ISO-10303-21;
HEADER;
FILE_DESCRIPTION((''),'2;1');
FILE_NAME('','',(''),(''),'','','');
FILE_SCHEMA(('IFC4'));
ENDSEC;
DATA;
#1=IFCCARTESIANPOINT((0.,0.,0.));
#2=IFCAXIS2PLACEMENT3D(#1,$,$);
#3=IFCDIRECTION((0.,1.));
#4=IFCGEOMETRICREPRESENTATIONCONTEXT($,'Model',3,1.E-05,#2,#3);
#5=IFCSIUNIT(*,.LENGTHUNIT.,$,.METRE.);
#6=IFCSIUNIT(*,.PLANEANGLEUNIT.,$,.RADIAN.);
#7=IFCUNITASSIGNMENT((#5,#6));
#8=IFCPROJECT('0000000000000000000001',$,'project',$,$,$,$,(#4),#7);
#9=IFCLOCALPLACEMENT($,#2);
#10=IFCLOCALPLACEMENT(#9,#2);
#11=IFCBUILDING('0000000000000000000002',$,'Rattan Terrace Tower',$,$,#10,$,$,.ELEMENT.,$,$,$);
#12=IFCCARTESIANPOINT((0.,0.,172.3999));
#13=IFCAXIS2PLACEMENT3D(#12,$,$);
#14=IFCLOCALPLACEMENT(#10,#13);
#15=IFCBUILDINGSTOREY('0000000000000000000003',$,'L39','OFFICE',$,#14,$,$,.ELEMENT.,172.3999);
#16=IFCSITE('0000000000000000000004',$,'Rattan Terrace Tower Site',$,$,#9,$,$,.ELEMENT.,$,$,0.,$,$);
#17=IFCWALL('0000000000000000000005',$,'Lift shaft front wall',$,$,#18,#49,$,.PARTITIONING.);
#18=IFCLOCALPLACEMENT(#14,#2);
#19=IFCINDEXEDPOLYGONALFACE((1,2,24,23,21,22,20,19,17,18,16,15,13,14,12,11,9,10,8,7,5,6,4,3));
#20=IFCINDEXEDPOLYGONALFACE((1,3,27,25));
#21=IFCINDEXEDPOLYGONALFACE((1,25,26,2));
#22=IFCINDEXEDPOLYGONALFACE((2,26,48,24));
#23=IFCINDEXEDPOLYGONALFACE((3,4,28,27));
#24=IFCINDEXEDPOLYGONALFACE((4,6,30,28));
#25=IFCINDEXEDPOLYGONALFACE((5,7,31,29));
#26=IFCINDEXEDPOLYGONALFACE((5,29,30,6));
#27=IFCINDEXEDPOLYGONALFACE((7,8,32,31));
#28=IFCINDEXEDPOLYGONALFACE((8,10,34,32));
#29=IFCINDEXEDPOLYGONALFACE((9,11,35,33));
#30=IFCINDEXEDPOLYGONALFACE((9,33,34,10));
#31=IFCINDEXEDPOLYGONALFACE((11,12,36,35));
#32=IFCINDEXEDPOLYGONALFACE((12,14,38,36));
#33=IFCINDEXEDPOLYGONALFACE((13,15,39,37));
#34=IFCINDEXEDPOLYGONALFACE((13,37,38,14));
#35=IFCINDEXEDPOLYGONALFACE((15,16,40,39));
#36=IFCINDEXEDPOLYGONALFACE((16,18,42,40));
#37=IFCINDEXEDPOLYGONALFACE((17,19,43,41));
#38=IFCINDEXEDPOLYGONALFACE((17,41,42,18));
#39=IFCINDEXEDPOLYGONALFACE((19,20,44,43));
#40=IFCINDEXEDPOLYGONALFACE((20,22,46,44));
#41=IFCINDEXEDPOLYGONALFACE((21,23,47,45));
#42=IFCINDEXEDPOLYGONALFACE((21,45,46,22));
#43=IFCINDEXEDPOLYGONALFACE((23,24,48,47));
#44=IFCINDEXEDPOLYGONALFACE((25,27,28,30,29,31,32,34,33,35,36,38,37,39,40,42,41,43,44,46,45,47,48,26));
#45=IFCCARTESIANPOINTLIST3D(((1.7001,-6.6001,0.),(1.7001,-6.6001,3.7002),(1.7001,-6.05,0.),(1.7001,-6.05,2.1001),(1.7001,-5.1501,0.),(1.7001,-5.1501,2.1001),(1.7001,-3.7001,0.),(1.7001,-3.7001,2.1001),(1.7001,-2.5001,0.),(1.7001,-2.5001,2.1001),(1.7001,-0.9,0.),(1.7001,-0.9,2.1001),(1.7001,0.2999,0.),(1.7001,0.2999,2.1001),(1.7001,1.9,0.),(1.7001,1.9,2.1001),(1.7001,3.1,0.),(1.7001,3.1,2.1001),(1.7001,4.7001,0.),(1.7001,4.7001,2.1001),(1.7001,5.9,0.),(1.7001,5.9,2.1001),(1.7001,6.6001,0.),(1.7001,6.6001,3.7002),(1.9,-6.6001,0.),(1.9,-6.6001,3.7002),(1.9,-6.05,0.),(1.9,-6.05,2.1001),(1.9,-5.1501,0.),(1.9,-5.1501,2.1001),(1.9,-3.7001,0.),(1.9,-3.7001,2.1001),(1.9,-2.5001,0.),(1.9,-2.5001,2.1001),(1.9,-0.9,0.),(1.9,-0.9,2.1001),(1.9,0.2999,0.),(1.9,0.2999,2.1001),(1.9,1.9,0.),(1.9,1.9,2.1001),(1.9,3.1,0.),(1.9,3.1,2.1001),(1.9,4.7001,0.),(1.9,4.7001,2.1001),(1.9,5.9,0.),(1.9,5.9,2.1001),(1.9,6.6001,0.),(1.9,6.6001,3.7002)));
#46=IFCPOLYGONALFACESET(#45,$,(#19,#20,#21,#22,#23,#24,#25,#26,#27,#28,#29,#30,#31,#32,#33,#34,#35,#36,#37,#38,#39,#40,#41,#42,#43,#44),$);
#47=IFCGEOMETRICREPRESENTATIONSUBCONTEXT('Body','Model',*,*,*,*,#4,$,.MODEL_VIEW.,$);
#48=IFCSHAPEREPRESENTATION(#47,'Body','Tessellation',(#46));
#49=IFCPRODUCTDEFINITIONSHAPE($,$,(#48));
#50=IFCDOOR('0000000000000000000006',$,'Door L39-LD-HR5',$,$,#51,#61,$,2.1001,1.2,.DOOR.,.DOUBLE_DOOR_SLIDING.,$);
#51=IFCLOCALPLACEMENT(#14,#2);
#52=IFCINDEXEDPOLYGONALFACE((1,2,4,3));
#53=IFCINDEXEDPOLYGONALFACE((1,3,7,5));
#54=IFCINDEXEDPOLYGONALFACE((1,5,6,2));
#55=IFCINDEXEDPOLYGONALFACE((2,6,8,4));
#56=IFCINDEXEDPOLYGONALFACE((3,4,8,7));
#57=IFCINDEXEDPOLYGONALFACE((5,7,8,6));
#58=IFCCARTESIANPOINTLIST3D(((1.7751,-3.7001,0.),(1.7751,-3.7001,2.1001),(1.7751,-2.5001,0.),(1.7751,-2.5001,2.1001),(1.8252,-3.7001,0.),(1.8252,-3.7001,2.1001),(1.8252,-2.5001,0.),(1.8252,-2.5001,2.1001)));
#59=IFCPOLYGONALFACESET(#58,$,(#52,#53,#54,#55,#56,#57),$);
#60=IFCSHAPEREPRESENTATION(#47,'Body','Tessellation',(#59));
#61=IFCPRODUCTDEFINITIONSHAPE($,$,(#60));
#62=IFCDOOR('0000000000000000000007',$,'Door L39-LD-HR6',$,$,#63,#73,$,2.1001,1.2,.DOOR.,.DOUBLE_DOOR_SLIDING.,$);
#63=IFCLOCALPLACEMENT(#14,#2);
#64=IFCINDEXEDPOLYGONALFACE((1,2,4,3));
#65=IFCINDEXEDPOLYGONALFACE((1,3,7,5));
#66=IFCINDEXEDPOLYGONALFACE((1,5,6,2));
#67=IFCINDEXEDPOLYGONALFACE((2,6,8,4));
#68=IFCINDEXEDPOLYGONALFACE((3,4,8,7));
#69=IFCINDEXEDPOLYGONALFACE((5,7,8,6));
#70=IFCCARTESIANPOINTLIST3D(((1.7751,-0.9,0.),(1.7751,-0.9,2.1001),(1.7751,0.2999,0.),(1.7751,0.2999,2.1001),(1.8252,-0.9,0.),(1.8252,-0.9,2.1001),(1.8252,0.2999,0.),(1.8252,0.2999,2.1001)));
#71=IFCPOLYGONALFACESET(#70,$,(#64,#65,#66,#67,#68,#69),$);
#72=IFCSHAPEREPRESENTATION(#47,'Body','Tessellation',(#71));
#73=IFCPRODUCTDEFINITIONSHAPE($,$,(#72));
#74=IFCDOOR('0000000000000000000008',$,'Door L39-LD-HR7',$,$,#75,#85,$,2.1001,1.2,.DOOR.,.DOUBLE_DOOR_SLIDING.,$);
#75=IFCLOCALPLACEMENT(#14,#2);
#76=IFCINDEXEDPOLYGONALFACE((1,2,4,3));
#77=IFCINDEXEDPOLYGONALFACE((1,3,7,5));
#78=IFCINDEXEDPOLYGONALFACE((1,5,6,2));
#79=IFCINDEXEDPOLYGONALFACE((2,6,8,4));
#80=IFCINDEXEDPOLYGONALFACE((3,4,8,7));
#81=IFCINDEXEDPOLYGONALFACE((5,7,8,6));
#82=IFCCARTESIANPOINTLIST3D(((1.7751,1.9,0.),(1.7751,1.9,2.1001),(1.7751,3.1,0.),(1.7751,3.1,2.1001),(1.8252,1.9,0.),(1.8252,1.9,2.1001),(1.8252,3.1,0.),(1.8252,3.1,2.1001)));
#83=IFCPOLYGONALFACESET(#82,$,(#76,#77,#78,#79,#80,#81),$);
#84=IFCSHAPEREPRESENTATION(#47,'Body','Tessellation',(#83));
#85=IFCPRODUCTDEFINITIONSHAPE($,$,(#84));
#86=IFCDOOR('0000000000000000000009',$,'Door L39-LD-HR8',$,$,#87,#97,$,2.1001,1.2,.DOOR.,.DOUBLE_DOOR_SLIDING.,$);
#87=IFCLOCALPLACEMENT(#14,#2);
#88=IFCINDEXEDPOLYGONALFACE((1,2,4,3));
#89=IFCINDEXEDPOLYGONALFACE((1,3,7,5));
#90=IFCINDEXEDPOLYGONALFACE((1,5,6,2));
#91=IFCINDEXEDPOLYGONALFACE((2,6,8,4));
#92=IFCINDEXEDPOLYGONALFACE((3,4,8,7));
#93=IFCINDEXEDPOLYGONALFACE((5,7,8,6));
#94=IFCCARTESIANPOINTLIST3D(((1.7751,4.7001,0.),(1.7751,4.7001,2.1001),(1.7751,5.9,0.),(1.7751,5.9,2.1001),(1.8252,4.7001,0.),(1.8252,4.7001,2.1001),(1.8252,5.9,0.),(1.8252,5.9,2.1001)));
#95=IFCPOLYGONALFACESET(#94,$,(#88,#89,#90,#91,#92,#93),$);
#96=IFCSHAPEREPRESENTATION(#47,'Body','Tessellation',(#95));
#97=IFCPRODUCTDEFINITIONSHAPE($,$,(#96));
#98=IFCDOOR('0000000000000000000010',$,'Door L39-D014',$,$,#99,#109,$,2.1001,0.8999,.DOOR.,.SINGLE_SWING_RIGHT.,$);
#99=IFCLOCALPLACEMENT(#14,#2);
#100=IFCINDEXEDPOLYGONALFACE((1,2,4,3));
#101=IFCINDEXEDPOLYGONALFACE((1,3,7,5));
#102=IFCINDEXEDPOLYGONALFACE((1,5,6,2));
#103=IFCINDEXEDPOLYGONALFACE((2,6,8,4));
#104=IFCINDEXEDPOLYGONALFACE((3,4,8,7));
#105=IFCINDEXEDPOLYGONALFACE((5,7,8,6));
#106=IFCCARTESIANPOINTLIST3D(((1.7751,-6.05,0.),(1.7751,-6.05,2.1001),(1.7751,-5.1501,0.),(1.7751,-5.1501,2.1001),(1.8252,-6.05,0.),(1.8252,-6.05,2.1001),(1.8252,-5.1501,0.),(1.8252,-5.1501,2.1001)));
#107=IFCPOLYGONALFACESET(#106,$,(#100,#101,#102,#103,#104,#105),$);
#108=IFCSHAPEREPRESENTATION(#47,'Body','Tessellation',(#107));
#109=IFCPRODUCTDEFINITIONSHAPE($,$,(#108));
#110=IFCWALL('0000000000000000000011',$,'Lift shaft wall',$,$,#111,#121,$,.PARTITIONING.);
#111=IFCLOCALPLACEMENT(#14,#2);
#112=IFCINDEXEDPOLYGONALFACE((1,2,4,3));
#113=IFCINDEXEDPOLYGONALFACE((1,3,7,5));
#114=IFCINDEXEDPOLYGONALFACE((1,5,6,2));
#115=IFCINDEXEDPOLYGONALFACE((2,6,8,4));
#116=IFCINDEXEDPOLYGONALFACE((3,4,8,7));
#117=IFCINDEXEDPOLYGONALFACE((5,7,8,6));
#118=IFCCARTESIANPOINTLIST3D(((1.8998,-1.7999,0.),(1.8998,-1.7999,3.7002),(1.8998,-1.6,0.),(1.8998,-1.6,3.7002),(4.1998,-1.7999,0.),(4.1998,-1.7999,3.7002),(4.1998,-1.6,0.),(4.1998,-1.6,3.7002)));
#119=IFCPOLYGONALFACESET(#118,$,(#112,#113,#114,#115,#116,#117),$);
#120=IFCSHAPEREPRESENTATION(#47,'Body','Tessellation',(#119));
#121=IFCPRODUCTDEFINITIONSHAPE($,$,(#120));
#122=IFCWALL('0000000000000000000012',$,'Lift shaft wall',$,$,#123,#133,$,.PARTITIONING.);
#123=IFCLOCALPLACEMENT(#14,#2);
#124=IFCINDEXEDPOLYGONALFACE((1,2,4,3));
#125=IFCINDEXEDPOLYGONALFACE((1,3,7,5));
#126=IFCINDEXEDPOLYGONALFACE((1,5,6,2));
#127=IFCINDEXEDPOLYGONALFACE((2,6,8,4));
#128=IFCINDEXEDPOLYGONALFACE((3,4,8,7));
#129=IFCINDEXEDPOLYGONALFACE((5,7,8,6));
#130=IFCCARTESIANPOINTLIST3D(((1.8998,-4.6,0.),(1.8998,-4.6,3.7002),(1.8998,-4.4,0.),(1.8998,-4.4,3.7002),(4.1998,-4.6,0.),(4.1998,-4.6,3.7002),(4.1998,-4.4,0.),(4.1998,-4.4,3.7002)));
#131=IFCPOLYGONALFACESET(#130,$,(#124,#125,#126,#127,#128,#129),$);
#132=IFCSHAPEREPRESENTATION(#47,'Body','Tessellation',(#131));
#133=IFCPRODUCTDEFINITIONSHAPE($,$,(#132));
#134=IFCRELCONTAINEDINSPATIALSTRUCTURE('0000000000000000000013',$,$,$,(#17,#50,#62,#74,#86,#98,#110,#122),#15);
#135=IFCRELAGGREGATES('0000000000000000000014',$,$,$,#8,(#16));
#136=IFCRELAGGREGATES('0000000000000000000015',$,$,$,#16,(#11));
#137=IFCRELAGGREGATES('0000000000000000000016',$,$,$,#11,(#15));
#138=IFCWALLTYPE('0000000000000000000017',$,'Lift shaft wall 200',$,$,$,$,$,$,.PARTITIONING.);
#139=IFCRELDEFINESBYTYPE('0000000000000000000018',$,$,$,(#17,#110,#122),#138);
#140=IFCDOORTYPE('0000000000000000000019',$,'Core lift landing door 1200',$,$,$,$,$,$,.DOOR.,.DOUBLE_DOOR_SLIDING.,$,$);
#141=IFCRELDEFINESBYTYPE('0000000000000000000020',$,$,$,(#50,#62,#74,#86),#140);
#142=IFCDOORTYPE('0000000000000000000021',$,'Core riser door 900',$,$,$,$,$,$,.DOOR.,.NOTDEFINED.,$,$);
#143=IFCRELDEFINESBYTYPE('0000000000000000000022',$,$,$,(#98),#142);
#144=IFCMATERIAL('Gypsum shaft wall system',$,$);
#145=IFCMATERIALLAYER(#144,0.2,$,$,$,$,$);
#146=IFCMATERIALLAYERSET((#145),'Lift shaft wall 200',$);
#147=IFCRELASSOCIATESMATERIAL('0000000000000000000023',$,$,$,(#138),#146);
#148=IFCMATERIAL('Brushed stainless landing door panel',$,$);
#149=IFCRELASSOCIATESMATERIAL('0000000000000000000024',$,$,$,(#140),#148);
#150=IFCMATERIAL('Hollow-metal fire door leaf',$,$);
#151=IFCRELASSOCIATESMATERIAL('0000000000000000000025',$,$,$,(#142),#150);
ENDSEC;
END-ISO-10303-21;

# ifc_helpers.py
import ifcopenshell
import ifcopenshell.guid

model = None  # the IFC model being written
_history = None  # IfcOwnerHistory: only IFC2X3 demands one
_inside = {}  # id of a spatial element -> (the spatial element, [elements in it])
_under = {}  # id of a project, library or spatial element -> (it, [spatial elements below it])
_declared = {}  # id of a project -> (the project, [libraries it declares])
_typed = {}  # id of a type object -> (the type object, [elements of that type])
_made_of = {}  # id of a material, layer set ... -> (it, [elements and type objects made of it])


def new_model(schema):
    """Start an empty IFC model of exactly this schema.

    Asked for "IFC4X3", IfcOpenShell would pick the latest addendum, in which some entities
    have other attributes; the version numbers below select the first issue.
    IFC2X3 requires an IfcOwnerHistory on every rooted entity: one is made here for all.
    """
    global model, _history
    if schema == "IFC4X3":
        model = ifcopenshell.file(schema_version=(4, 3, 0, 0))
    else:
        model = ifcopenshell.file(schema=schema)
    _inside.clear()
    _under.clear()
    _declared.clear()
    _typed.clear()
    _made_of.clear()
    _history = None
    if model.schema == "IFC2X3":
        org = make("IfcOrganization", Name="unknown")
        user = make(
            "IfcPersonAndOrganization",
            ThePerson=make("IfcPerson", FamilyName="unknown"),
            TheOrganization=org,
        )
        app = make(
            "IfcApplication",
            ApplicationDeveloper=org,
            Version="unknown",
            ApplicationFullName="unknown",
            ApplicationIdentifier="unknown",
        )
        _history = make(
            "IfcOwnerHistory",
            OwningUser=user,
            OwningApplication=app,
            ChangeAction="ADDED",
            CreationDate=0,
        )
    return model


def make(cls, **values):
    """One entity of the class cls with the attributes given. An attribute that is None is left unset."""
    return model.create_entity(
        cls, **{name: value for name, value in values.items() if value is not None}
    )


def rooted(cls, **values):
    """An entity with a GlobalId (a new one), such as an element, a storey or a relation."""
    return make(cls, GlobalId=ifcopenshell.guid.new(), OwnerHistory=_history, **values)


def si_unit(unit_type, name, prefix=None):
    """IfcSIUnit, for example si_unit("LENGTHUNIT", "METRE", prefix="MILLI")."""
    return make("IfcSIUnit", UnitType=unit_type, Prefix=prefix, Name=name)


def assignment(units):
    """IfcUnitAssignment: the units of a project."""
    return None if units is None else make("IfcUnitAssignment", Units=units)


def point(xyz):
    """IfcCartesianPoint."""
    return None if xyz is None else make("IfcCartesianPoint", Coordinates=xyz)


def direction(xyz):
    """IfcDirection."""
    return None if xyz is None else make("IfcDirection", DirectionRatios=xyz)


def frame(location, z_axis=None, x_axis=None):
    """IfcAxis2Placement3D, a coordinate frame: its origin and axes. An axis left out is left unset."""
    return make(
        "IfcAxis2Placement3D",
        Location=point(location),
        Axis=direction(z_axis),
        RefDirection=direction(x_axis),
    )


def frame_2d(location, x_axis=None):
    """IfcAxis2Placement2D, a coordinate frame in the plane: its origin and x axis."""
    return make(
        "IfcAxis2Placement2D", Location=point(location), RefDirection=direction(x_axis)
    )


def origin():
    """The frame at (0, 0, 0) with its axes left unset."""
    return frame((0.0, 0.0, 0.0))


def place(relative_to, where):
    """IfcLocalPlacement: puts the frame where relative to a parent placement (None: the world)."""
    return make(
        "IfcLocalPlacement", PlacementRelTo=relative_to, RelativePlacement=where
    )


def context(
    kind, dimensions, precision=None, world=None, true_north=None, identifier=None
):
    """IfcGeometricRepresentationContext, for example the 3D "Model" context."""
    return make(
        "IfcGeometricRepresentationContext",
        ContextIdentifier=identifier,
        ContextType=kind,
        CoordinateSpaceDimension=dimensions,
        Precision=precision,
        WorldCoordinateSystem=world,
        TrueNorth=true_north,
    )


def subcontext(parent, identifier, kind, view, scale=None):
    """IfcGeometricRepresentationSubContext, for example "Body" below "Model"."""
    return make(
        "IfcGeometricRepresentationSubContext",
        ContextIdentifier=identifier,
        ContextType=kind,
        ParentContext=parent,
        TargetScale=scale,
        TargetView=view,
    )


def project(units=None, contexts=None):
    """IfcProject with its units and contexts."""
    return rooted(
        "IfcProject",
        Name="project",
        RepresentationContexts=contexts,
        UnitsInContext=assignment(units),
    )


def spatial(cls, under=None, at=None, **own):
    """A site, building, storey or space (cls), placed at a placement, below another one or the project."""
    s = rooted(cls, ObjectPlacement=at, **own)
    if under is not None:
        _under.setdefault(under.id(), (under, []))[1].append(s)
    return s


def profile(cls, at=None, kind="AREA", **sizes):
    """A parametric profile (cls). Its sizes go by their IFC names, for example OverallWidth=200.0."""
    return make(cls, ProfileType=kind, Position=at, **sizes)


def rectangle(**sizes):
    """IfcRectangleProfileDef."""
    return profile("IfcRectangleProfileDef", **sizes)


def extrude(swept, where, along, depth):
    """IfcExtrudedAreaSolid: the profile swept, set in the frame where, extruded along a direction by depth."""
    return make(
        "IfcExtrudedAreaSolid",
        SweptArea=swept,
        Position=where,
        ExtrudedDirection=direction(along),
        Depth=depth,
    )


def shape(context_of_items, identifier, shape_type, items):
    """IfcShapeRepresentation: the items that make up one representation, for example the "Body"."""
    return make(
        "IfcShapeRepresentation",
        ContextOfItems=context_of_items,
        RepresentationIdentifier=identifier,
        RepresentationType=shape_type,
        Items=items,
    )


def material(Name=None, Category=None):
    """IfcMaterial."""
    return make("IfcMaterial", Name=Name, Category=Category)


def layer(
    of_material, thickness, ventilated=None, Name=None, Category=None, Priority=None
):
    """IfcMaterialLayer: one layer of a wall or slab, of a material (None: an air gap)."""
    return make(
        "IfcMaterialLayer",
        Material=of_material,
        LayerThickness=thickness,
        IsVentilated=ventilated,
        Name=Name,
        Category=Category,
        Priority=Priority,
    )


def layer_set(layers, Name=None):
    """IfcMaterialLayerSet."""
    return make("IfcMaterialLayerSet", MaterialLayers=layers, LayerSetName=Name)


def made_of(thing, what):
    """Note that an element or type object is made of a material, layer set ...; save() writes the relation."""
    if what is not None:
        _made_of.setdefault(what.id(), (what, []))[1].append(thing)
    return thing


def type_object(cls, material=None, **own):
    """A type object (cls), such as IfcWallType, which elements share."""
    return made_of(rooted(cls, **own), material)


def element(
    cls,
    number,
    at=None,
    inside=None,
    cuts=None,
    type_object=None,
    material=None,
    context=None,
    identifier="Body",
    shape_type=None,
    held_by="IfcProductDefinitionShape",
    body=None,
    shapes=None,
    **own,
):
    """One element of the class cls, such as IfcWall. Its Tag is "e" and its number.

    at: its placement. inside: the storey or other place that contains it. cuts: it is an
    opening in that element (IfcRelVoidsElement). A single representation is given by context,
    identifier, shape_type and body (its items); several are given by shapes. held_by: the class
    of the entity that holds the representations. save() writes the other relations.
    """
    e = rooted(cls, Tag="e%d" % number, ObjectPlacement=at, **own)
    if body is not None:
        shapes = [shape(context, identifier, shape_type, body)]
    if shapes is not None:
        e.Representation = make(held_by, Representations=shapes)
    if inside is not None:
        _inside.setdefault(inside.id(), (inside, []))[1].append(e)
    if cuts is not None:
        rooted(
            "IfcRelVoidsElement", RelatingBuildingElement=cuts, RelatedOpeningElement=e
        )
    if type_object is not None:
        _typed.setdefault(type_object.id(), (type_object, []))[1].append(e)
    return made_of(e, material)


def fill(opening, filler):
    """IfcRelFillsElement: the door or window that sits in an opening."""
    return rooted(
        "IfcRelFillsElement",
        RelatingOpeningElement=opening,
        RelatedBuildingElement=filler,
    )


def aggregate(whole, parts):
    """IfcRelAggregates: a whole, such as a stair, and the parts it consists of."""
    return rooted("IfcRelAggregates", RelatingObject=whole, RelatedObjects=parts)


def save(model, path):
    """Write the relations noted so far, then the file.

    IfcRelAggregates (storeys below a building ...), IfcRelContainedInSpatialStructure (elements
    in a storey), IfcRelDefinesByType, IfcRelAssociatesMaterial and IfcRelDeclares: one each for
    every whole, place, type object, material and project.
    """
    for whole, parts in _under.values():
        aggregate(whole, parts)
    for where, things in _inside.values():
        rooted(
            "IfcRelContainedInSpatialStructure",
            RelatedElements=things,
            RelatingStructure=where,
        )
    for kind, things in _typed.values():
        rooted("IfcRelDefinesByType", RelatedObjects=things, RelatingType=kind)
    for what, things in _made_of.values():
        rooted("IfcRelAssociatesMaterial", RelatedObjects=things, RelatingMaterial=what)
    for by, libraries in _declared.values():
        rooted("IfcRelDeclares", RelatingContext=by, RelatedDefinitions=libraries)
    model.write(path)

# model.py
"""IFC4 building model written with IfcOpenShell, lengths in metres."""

from ifc_helpers import new_model, si_unit, direction, frame, frame_2d, origin, place, context, subcontext, project, spatial, rectangle, extrude, material, layer, layer_set, type_object, element, fill, save


model = new_model("IFC4")

# Units and contexts
model_context = context("Model", 3, precision=1e-05, world=origin(), true_north=direction((0.0, 1.0)))
body_context = subcontext(model_context, "Body", "Model", "MODEL_VIEW")
ifc_project = project(units=[si_unit("LENGTHUNIT", "METRE"), si_unit("PLANEANGLEUNIT", "RADIAN")], contexts=[model_context])

# Site, building, storey
site_placement = place(None, origin())
site = spatial("IfcSite", under=ifc_project, at=site_placement, Name="Rattan Terrace Tower Site", CompositionType="ELEMENT", RefElevation=0.0)
building_placement = place(site_placement, origin())
building = spatial("IfcBuilding", under=site, at=building_placement, Name="Rattan Terrace Tower", CompositionType="ELEMENT")
storey_placement = place(building_placement, frame((0.0, 0.0, 172.3999)))
storey = spatial("IfcBuildingStorey", under=building, at=storey_placement, Name="L39", Description="OFFICE", CompositionType="ELEMENT", Elevation=172.3999)

# Wall, openings, doors
ifc_material_1 = material(Name="Gypsum shaft wall system")
ifc_layer_1 = layer(ifc_material_1, 0.2)
ifc_layer_set_1 = layer_set([ifc_layer_1], Name="Lift shaft wall 200")
wall_type_1 = type_object("IfcWallType", Name="Lift shaft wall 200", PredefinedType="PARTITIONING", material=ifc_layer_set_1)
wall_1_placement = place(storey_placement, frame((1.8, -6.6001, 0.0), z_axis=(0.0, 0.0, 1.0), x_axis=(0.0, 1.0, 0.0)))
wall_1 = element("IfcWall", 1, at=wall_1_placement, inside=storey, type_object=wall_type_1, Name="Lift shaft front wall", PredefinedType="PARTITIONING", context=body_context, shape_type="SweptSolid", body=[
    extrude(rectangle(XDim=13.2002, YDim=0.2, at=frame_2d((6.6001, 0.0))), origin(), (0.0, 0.0, 1.0), 3.7002),
])
opening_1_placement = place(wall_1_placement, frame((0.55, 0.0, 0.0)))
opening_1 = element("IfcOpeningElement", 2, at=opening_1_placement, cuts=wall_1, PredefinedType="OPENING", context=body_context, shape_type="SweptSolid", body=[
    extrude(rectangle(XDim=0.8999, YDim=2.1001, at=frame_2d((0.45, 1.05))), frame((0.0, 0.1106, 0.0), z_axis=(0.0, -1.0, 0.0), x_axis=(1.0, 0.0, 0.0)), (0.0, 0.0, 1.0), 0.2209),
])
opening_2_placement = place(wall_1_placement, frame((2.8999, 0.0, 0.0)))
opening_2 = element("IfcOpeningElement", 3, at=opening_2_placement, cuts=wall_1, PredefinedType="OPENING", context=body_context, shape_type="SweptSolid", body=[
    extrude(rectangle(XDim=1.2, YDim=2.1001, at=frame_2d((0.6001, 1.05))), frame((0.0, 0.1106, 0.0), z_axis=(0.0, -1.0, 0.0), x_axis=(1.0, 0.0, 0.0)), (0.0, 0.0, 1.0), 0.2209),
])
opening_3_placement = place(wall_1_placement, frame((5.7, 0.0, 0.0)))
opening_3 = element("IfcOpeningElement", 4, at=opening_3_placement, cuts=wall_1, PredefinedType="OPENING", context=body_context, shape_type="SweptSolid", body=[
    extrude(rectangle(XDim=1.2, YDim=2.1001, at=frame_2d((0.6001, 1.05))), frame((0.0, 0.1106, 0.0), z_axis=(0.0, -1.0, 0.0), x_axis=(1.0, 0.0, 0.0)), (0.0, 0.0, 1.0), 0.2209),
])
opening_4_placement = place(wall_1_placement, frame((8.5, 0.0, 0.0)))
opening_4 = element("IfcOpeningElement", 5, at=opening_4_placement, cuts=wall_1, PredefinedType="OPENING", context=body_context, shape_type="SweptSolid", body=[
    extrude(rectangle(XDim=1.2, YDim=2.1001, at=frame_2d((0.6001, 1.05))), frame((0.0, 0.1106, 0.0), z_axis=(0.0, -1.0, 0.0), x_axis=(1.0, 0.0, 0.0)), (0.0, 0.0, 1.0), 0.2209),
])
opening_5_placement = place(wall_1_placement, frame((11.3, 0.0, 0.0)))
opening_5 = element("IfcOpeningElement", 6, at=opening_5_placement, cuts=wall_1, PredefinedType="OPENING", context=body_context, shape_type="SweptSolid", body=[
    extrude(rectangle(XDim=1.2, YDim=2.1001, at=frame_2d((0.6001, 1.05))), frame((0.0, 0.1106, 0.0), z_axis=(0.0, -1.0, 0.0), x_axis=(1.0, 0.0, 0.0)), (0.0, 0.0, 1.0), 0.2209),
])
ifc_material_2 = material(Name="Brushed stainless landing door panel")
door_type_1 = type_object("IfcDoorType", Name="Core lift landing door 1200", OperationType="DOUBLE_DOOR_SLIDING", PredefinedType="DOOR", material=ifc_material_2)
door_1_placement = place(opening_2_placement, origin())
door_1 = element("IfcDoor", 7, at=door_1_placement, inside=storey, type_object=door_type_1, Name="Door L39-LD-HR5", OperationType="DOUBLE_DOOR_SLIDING", OverallHeight=2.1001, OverallWidth=1.2, PredefinedType="DOOR", context=body_context, shape_type="SweptSolid", body=[
    extrude(rectangle(XDim=1.2, YDim=2.1001, at=frame_2d((0.6001, 1.05))), frame((0.0, 0.0249, 0.0), z_axis=(0.0, -1.0, 0.0), x_axis=(1.0, 0.0, 0.0)), (0.0, 0.0, 1.0), 0.05),
])
fill(opening_2, door_1)
door_2_placement = place(opening_3_placement, origin())
door_2 = element("IfcDoor", 8, at=door_2_placement, inside=storey, type_object=door_type_1, Name="Door L39-LD-HR6", OperationType="DOUBLE_DOOR_SLIDING", OverallHeight=2.1001, OverallWidth=1.2, PredefinedType="DOOR", context=body_context, shape_type="SweptSolid", body=[
    extrude(rectangle(XDim=1.2, YDim=2.1001, at=frame_2d((0.6001, 1.05))), frame((0.0, 0.0249, 0.0), z_axis=(0.0, -1.0, 0.0), x_axis=(1.0, 0.0, 0.0)), (0.0, 0.0, 1.0), 0.05),
])
fill(opening_3, door_2)
door_3_placement = place(opening_4_placement, origin())
door_3 = element("IfcDoor", 9, at=door_3_placement, inside=storey, type_object=door_type_1, Name="Door L39-LD-HR7", OperationType="DOUBLE_DOOR_SLIDING", OverallHeight=2.1001, OverallWidth=1.2, PredefinedType="DOOR", context=body_context, shape_type="SweptSolid", body=[
    extrude(rectangle(XDim=1.2, YDim=2.1001, at=frame_2d((0.6001, 1.05))), frame((0.0, 0.0249, 0.0), z_axis=(0.0, -1.0, 0.0), x_axis=(1.0, 0.0, 0.0)), (0.0, 0.0, 1.0), 0.05),
])
fill(opening_4, door_3)
door_4_placement = place(opening_5_placement, origin())
door_4 = element("IfcDoor", 10, at=door_4_placement, inside=storey, type_object=door_type_1, Name="Door L39-LD-HR8", OperationType="DOUBLE_DOOR_SLIDING", OverallHeight=2.1001, OverallWidth=1.2, PredefinedType="DOOR", context=body_context, shape_type="SweptSolid", body=[
    extrude(rectangle(XDim=1.2, YDim=2.1001, at=frame_2d((0.6001, 1.05))), frame((0.0, 0.0249, 0.0), z_axis=(0.0, -1.0, 0.0), x_axis=(1.0, 0.0, 0.0)), (0.0, 0.0, 1.0), 0.05),
])
fill(opening_5, door_4)
ifc_material_3 = material(Name="Hollow-metal fire door leaf")
door_type_2 = type_object("IfcDoorType", Name="Core riser door 900", OperationType="NOTDEFINED", PredefinedType="DOOR", material=ifc_material_3)
door_5_placement = place(opening_1_placement, origin())
door_5 = element("IfcDoor", 11, at=door_5_placement, inside=storey, type_object=door_type_2, Name="Door L39-D014", OperationType="SINGLE_SWING_RIGHT", OverallHeight=2.1001, OverallWidth=0.8999, PredefinedType="DOOR", context=body_context, shape_type="SweptSolid", body=[
    extrude(rectangle(XDim=0.8999, YDim=2.1001, at=frame_2d((0.45, 1.05))), frame((0.0, 0.0249, 0.0), z_axis=(0.0, -1.0, 0.0), x_axis=(1.0, 0.0, 0.0)), (0.0, 0.0, 1.0), 0.05),
])
fill(opening_1, door_5)

# Walls
for number, where, z_axis, x_axis, name in (
    (12, (1.8999, -1.7, 0.0), (0.0, 0.0, 1.0), (1.0, 0.0, 0.0), "Lift shaft wall"),
    (13, (1.8999, -4.5, 0.0), (0.0, 0.0, 1.0), (1.0, 0.0, 0.0), "Lift shaft wall"),
):
    element("IfcWall", number, at=place(storey_placement, frame(where, z_axis=z_axis, x_axis=x_axis)), inside=storey, type_object=wall_type_1, Name=name, PredefinedType="PARTITIONING", context=body_context, shape_type="SweptSolid", body=[
        extrude(rectangle(XDim=2.3, YDim=0.2, at=frame_2d((1.1499, 0.0))), origin(), (0.0, 0.0, 1.0), 3.7002),
    ])

save(model, "model.ifc")
